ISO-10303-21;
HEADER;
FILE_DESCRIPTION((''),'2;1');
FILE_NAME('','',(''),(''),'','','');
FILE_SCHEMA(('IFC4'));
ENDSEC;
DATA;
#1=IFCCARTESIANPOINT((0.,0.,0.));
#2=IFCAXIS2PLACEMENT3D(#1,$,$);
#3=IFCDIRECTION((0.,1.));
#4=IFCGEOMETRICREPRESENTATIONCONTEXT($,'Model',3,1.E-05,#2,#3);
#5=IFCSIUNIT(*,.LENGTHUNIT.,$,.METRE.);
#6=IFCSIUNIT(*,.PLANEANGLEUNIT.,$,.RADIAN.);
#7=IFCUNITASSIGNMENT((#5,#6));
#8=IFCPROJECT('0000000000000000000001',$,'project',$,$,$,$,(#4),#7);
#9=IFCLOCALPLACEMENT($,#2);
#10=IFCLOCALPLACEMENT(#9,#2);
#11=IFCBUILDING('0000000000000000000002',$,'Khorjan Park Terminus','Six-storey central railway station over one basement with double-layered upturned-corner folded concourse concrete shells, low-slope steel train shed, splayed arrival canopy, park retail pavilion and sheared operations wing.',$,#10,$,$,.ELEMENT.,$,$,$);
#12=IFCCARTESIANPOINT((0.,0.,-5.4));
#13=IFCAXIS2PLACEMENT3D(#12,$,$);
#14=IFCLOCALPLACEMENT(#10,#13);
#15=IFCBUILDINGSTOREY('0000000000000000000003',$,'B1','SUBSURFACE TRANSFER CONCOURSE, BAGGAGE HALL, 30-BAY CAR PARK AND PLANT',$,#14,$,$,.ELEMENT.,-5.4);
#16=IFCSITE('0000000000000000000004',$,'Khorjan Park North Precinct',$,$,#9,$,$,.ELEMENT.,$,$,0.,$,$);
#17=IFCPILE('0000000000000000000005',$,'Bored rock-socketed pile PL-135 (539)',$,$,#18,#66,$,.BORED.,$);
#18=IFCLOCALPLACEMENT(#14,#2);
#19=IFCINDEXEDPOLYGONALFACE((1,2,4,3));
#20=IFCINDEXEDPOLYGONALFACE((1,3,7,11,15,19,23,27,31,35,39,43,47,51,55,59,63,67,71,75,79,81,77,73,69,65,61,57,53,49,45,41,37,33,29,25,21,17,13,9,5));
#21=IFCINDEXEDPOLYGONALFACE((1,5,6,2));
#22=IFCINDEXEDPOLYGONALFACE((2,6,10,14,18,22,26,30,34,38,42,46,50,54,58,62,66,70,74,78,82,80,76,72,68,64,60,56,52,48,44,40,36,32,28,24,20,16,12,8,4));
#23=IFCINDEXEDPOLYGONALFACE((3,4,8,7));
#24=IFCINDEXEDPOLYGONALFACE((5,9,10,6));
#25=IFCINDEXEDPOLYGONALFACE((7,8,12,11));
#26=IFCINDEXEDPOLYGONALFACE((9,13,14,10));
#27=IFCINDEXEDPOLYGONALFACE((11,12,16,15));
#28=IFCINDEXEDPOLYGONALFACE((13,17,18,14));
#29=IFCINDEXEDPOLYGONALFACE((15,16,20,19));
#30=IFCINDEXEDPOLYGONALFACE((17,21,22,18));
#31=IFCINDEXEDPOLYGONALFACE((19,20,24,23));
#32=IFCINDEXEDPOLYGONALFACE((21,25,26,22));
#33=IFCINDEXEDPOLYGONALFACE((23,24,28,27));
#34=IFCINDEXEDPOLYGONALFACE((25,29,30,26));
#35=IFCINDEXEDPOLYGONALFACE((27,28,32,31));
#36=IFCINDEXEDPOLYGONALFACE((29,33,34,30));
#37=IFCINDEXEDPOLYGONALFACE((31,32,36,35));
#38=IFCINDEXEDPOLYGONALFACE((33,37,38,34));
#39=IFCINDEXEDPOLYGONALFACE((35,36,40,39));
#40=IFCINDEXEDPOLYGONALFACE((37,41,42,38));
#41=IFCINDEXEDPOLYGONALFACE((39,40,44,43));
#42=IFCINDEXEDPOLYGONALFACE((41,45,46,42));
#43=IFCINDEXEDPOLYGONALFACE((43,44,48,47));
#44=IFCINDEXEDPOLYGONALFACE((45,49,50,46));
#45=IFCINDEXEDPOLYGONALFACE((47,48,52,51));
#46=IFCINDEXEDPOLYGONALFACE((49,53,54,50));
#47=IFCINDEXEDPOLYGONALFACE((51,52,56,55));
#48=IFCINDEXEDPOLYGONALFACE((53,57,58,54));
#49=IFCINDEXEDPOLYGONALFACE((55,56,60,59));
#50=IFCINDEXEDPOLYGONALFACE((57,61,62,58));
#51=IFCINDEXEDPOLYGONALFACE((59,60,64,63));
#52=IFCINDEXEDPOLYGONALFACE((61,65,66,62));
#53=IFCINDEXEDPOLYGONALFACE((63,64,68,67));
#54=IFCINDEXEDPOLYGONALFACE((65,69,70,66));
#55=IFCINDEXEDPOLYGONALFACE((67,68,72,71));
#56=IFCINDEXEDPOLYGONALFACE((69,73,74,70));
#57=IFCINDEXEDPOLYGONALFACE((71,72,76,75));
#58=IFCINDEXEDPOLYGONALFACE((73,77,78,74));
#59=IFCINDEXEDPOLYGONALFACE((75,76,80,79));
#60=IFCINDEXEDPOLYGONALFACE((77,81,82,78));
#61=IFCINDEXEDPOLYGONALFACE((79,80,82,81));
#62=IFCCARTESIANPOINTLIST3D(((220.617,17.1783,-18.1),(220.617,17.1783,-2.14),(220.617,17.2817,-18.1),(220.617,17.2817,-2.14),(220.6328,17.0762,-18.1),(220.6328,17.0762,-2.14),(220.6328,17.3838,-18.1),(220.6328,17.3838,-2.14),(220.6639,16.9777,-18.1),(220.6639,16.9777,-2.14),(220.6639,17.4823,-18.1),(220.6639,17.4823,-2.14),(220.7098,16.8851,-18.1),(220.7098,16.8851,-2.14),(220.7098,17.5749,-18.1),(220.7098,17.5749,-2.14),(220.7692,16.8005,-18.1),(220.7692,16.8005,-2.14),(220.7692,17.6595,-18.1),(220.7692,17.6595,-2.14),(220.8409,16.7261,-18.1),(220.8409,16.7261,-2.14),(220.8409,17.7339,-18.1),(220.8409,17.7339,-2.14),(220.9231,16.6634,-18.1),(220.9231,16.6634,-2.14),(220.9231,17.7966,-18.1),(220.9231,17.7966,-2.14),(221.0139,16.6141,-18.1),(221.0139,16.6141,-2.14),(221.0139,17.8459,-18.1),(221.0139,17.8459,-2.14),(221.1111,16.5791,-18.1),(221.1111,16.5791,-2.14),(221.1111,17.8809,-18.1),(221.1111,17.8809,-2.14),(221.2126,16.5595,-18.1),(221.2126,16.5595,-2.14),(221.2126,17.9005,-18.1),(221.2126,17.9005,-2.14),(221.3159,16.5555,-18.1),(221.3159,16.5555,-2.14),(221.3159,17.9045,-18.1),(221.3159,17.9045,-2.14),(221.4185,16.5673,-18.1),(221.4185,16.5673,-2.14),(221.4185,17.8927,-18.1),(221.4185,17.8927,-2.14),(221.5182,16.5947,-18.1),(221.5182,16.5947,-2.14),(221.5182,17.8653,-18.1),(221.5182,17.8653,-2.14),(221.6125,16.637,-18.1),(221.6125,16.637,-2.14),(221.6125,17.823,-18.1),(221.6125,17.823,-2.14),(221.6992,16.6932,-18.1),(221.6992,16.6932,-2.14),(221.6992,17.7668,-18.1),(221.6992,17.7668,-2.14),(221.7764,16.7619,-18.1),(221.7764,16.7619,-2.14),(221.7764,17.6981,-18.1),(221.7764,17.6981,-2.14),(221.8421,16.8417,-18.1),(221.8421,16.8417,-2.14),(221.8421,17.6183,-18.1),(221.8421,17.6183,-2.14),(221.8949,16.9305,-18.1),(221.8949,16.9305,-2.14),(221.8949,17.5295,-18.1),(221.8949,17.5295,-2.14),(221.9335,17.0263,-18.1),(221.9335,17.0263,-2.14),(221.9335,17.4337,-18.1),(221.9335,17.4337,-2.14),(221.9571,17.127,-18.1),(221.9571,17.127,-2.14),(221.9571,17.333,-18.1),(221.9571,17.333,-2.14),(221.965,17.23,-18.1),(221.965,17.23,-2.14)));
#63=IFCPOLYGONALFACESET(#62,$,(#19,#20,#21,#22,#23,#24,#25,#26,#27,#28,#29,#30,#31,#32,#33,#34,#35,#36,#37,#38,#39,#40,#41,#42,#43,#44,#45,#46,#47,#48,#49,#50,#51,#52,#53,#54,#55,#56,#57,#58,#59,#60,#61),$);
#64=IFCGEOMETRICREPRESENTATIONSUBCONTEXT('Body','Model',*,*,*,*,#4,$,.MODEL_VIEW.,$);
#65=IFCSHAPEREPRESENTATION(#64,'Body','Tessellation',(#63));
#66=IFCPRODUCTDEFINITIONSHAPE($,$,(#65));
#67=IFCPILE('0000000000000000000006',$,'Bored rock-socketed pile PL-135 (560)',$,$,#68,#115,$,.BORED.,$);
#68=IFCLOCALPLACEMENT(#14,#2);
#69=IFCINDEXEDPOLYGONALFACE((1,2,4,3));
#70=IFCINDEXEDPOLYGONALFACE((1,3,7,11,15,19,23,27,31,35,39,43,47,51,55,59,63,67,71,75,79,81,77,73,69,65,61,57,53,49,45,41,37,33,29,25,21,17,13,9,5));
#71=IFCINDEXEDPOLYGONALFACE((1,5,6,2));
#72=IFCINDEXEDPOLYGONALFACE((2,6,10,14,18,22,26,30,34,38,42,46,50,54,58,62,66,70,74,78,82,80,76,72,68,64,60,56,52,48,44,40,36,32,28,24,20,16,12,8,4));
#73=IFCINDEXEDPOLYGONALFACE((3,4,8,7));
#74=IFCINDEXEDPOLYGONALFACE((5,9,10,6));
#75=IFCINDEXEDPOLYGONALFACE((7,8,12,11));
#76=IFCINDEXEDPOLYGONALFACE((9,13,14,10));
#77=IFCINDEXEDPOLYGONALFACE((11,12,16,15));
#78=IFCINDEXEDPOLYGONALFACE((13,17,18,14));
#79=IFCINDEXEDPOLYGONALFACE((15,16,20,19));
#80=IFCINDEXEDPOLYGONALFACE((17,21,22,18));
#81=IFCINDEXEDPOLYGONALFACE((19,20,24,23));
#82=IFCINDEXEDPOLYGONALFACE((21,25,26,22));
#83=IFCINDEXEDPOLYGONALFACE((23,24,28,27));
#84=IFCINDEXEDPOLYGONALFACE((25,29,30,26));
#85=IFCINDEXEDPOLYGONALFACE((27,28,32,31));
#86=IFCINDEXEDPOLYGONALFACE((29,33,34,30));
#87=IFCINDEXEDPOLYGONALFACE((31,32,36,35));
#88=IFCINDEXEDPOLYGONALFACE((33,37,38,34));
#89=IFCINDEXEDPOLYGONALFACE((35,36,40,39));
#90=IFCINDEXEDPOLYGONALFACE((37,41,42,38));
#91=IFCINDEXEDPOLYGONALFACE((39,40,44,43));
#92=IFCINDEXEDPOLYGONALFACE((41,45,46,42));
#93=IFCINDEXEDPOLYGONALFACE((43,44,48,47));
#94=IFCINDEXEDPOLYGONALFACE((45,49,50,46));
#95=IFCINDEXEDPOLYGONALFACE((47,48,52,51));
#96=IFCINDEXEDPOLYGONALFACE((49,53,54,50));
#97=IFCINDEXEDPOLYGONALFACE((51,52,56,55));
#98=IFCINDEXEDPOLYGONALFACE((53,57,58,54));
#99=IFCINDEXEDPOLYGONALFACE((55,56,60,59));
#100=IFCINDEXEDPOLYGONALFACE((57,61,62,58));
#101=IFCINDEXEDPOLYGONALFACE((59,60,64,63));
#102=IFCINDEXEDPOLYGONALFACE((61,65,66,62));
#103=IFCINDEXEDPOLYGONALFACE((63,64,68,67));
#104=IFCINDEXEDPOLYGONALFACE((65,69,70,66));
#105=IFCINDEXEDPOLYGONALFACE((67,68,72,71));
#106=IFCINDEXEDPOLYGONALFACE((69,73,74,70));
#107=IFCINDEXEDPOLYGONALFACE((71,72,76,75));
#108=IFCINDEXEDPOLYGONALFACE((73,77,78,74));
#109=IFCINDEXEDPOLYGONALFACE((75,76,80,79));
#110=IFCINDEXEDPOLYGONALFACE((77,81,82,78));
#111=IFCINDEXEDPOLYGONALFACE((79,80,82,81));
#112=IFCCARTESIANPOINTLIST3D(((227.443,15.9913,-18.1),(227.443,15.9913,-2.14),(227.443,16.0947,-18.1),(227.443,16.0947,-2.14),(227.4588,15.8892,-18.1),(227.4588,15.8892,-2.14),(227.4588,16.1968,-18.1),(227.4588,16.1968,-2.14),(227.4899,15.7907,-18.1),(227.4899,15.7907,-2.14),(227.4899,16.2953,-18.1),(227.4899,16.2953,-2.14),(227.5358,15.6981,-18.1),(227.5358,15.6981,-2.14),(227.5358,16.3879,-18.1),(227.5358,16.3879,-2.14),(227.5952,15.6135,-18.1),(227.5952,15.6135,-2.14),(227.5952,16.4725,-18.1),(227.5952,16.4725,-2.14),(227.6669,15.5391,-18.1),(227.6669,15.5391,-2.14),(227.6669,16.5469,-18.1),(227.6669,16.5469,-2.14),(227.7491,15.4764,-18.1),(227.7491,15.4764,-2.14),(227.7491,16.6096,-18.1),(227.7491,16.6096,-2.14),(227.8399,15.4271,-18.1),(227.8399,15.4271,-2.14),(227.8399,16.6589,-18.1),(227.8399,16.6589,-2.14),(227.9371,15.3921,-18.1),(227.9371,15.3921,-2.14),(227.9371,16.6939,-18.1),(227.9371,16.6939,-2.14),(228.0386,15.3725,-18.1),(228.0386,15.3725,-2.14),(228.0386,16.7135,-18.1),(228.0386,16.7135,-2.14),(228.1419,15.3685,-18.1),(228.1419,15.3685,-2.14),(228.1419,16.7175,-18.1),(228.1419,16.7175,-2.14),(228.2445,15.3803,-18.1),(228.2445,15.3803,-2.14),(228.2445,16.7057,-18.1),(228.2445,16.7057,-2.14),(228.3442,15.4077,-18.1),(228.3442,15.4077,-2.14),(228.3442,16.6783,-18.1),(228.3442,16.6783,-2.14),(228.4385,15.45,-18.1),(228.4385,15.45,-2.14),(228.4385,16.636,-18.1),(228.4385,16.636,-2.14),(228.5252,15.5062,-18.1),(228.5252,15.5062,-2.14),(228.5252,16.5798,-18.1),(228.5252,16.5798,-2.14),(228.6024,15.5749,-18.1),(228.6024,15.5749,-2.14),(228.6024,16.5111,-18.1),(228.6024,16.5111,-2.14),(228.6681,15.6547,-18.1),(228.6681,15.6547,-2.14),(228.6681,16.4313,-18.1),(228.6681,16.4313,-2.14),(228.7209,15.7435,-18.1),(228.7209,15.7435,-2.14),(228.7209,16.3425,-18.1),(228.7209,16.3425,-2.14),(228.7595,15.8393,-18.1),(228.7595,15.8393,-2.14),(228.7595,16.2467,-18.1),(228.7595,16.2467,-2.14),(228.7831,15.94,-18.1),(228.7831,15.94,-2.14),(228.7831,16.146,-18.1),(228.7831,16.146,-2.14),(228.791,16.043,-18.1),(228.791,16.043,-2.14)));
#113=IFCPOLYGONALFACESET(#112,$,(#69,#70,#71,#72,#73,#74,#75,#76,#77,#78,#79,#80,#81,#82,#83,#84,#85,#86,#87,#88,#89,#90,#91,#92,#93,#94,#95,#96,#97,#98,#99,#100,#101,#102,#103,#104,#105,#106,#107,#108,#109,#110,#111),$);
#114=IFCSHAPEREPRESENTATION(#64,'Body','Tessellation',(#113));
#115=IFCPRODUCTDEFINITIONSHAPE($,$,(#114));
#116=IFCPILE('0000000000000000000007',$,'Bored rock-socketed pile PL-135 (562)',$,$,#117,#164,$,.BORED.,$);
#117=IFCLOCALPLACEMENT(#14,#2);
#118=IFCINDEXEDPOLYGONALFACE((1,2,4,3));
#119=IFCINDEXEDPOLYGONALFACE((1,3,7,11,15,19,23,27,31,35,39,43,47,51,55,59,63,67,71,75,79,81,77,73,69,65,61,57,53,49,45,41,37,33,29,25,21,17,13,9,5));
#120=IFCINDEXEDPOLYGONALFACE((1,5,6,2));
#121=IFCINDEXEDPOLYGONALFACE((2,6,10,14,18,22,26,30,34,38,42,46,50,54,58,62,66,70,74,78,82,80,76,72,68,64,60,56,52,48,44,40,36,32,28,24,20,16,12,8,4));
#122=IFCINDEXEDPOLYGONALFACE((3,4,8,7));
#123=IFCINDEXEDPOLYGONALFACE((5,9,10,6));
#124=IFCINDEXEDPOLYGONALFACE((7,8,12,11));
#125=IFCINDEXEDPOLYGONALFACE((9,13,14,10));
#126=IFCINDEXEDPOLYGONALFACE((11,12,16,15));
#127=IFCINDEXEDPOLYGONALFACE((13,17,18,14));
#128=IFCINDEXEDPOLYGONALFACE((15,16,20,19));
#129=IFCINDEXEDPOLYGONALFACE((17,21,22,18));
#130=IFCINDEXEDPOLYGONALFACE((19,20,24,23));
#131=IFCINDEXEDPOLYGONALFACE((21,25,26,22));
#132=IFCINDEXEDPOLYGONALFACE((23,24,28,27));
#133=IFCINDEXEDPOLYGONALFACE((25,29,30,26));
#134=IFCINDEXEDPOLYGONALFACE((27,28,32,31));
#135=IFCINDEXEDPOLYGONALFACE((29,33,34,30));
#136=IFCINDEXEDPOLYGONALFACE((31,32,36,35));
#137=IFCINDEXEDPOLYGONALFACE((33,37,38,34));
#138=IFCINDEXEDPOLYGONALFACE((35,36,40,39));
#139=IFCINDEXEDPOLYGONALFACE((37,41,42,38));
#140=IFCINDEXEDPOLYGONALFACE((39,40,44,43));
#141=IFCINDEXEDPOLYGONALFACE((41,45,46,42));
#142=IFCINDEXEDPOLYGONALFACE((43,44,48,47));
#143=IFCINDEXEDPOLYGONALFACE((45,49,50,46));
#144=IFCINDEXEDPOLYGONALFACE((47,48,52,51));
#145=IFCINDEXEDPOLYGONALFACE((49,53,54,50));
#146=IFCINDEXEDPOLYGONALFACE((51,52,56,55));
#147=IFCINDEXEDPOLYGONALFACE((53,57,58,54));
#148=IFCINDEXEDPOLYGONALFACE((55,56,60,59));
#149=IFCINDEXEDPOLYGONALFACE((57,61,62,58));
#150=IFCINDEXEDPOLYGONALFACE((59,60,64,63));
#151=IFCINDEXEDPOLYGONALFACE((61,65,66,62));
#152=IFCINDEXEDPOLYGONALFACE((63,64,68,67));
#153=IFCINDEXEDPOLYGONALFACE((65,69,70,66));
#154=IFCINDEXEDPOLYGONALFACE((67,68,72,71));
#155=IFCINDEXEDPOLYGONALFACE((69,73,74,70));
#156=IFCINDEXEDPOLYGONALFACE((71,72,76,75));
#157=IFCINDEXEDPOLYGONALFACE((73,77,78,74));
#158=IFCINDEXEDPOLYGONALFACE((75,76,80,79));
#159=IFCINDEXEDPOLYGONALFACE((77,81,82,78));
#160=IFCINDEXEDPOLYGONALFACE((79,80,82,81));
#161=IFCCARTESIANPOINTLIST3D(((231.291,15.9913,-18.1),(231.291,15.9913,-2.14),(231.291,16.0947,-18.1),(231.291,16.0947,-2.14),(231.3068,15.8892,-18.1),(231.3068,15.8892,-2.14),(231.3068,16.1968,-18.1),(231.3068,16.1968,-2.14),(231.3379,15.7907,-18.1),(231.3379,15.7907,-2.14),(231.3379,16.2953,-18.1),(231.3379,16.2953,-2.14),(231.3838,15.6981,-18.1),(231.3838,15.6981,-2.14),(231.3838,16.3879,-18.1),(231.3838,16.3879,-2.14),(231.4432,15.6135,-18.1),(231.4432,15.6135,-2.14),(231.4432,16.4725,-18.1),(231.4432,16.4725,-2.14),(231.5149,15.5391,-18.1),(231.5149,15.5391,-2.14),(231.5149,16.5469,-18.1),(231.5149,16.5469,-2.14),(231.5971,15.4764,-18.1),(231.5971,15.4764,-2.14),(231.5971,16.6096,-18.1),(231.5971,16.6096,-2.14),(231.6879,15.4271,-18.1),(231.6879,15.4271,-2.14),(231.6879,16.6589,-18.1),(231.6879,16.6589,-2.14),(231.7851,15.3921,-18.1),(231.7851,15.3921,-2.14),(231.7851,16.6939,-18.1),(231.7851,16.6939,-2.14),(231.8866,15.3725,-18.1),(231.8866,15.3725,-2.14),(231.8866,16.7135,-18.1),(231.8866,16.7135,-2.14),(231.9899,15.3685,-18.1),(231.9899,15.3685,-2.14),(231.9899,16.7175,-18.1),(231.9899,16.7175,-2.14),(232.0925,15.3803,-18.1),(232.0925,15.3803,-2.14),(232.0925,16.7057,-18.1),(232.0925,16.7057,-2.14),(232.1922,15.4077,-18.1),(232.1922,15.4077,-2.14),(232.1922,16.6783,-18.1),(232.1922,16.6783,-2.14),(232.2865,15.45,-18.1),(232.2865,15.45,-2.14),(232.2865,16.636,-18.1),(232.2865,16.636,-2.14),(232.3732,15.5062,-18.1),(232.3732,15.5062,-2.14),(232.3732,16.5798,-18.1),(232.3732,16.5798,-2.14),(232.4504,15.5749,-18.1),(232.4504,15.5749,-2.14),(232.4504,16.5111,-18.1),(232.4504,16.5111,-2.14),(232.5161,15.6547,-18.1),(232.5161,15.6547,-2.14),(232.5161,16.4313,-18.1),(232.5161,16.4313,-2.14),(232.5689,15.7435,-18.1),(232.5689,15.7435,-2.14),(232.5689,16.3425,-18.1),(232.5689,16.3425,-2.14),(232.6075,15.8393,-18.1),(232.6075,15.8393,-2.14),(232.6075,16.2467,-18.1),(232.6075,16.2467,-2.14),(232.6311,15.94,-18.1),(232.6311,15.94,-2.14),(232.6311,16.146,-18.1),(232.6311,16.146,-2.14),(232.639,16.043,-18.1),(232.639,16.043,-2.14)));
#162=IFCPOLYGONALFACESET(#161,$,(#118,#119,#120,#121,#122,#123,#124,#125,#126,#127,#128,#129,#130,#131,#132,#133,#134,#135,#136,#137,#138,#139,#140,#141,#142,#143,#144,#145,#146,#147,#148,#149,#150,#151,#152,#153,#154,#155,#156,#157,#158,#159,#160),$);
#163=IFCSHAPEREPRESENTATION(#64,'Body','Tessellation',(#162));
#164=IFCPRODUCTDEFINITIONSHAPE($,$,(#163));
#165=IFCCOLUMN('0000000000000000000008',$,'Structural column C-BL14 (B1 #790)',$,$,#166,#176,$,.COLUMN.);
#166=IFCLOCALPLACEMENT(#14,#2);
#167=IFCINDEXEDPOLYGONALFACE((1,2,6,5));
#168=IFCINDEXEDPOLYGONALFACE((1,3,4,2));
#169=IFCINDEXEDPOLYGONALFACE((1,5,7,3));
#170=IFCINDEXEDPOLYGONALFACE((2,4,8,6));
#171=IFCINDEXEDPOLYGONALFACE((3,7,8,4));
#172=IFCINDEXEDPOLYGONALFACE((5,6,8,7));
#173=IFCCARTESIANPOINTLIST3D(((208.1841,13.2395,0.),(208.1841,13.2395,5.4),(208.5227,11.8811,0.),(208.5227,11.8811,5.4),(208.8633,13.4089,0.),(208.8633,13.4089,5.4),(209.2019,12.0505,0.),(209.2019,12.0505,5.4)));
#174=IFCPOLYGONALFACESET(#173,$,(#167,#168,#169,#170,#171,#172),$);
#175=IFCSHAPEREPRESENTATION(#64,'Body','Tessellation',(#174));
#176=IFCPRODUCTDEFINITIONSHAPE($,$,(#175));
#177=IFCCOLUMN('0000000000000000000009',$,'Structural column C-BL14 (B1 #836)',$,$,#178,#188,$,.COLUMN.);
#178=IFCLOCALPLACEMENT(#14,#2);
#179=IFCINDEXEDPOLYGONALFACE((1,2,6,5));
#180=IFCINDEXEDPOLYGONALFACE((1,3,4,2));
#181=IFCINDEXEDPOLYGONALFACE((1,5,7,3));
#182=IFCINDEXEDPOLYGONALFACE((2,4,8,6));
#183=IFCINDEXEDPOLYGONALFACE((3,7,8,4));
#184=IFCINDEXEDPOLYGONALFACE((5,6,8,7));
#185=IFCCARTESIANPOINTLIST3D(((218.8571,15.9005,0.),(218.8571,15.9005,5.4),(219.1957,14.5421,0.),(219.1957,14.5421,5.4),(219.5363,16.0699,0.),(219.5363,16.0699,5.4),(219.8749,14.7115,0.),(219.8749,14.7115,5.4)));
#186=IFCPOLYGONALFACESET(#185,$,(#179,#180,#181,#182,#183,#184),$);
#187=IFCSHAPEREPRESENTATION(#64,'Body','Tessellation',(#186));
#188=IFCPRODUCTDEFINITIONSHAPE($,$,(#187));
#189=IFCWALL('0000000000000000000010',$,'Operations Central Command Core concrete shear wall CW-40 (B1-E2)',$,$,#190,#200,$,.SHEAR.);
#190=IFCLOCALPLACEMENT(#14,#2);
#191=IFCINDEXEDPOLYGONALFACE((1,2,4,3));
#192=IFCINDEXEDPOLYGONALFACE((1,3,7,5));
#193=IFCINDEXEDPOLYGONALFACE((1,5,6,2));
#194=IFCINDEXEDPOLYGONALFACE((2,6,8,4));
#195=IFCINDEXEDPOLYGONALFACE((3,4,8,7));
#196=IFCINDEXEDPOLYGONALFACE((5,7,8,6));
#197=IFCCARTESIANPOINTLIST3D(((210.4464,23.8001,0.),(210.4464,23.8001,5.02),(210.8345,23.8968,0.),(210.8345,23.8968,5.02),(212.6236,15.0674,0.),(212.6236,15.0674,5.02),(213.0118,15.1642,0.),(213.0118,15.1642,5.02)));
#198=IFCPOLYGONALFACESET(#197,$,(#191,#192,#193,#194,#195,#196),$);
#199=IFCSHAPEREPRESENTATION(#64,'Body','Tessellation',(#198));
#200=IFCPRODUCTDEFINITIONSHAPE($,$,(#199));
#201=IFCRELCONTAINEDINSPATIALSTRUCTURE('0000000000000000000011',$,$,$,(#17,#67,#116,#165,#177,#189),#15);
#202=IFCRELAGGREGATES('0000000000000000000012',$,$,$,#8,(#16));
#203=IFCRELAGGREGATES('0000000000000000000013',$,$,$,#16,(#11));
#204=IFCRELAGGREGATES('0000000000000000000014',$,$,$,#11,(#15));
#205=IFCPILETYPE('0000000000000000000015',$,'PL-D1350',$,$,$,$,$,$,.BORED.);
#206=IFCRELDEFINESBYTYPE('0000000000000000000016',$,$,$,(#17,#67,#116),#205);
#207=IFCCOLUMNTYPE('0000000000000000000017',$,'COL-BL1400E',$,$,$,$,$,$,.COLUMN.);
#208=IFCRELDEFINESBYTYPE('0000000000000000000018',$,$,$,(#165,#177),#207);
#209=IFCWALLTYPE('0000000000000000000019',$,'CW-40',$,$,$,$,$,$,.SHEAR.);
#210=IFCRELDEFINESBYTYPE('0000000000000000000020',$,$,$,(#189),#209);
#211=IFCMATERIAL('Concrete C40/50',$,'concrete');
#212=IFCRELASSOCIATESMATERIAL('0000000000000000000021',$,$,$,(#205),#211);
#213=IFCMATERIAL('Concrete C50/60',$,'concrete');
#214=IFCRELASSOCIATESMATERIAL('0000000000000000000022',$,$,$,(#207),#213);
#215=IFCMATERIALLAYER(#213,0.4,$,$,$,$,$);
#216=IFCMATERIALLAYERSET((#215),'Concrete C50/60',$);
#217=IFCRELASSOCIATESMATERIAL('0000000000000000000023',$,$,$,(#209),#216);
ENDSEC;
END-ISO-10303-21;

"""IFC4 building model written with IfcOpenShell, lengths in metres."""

from ifc_helpers import new_model, si_unit, direction, frame, frame_2d, origin, origin_2d, place, context, subcontext, project, spatial, rectangle, circle, extrude, material, layer, layer_set, material_profile, profile_set, type_object, element, save


model = new_model("IFC4")

# Units and contexts
model_context = context("Model", 3, precision=1e-05, world=origin(), true_north=direction((0.0, 1.0)))
body_context = subcontext(model_context, "Body", "Model", "MODEL_VIEW")
ifc_project = project(units=[si_unit("LENGTHUNIT", "METRE"), si_unit("PLANEANGLEUNIT", "RADIAN")], contexts=[model_context])

# Site, building, storey
site_placement = place(None, origin())
site = spatial("IfcSite", under=ifc_project, at=site_placement, Name="Khorjan Park North Precinct", CompositionType="ELEMENT", RefElevation=0.0)
building_placement = place(site_placement, origin())
building = spatial("IfcBuilding", under=site, at=building_placement, Name="Khorjan Park Terminus", Description="Six-storey central railway station over one basement with double-layered upturned-corner folded concourse concrete shells, low-slope steel train shed, splayed arrival canopy, park retail pavilion and sheared operations wing.", CompositionType="ELEMENT")
storey_placement = place(building_placement, frame((0.0, 0.0, -5.4)))
storey = spatial("IfcBuildingStorey", under=building, at=storey_placement, Name="B1", Description="SUBSURFACE TRANSFER CONCOURSE, BAGGAGE HALL, 30-BAY CAR PARK AND PLANT", CompositionType="ELEMENT", Elevation=-5.4)

# Shared definitions
ifc_material_1 = material(Name="Concrete C40/50", Category="concrete")

# Piles
ifc_material_profile_1 = material_profile(ifc_material_1, circle(Radius=0.675, at=origin_2d()), Name="BORED D1350")
ifc_profile_set_1 = profile_set([ifc_material_profile_1], Name="Concrete C40/50")
pile_type = type_object("IfcPileType", Name="PL-D1350", PredefinedType="BORED", material=ifc_profile_set_1)
for number, where, z_axis, x_axis, name in (
    (1, (221.29, 17.23, -2.14), (0.0, 0.0, -1.0), (1.0, 0.0, 0.0), "Bored rock-socketed pile PL-135 (539)"),
    (2, (228.116, 16.043, -2.14), (0.0, 0.0, -1.0), (1.0, 0.0, 0.0), "Bored rock-socketed pile PL-135 (560)"),
    (3, (231.964, 16.043, -2.14), (0.0, 0.0, -1.0), (1.0, 0.0, 0.0), "Bored rock-socketed pile PL-135 (562)"),
):
    element("IfcPile", number, at=place(storey_placement, frame(where, z_axis=z_axis, x_axis=x_axis)), inside=storey, type_object=pile_type, Name=name, PredefinedType="BORED", context=body_context, shape_type="SweptSolid", body=[
        extrude(circle(Radius=0.675, at=origin_2d()), origin(), (0.0, 0.0, 1.0), 15.96),
    ])

# Columns
ifc_material_2 = material(Name="Concrete C50/60", Category="concrete")
ifc_material_profile_2 = material_profile(ifc_material_2, rectangle(XDim=0.7, YDim=1.4, at=origin_2d()), Name="RC 700x1400")
ifc_profile_set_2 = profile_set([ifc_material_profile_2], Name="Concrete C50/60")
column_type = type_object("IfcColumnType", Name="COL-BL1400E", PredefinedType="COLUMN", material=ifc_profile_set_2)
for number, where, z_axis, x_axis, name in (
    (4, (208.693, 12.645, 0.0), (0.0, 0.0, 1.0), (0.970296, 0.241922, 0.0), "Structural column C-BL14 (B1 #790)"),
    (5, (219.366, 15.306, 0.0), (0.0, 0.0, 1.0), (0.970296, 0.241922, 0.0), "Structural column C-BL14 (B1 #836)"),
):
    element("IfcColumn", number, at=place(storey_placement, frame(where, z_axis=z_axis, x_axis=x_axis)), inside=storey, type_object=column_type, Name=name, PredefinedType="COLUMN", context=body_context, shape_type="SweptSolid", body=[
        extrude(rectangle(XDim=0.7, YDim=1.4, at=origin_2d()), origin(), (0.0, 0.0, 1.0), 5.4),
    ])

# Wall
ifc_layer_1 = layer(ifc_material_2, 0.4)
ifc_layer_set_1 = layer_set([ifc_layer_1], Name="Concrete C50/60")
wall_type_1 = type_object("IfcWallType", Name="CW-40", PredefinedType="SHEAR", material=ifc_layer_set_1)
wall_1_placement = place(storey_placement, frame((212.8177, 15.1158, 0.0), z_axis=(0.0, 0.0, 1.0), x_axis=(-0.241921, 0.970296, 0.0)))
element("IfcWall", 6, at=wall_1_placement, inside=storey, type_object=wall_type_1, Name="Operations Central Command Core concrete shear wall CW-40 (B1-E2)", PredefinedType="SHEAR", context=body_context, shape_type="SweptSolid", body=[
    extrude(rectangle(XDim=9.0, YDim=0.4, at=frame_2d((4.5, 0.0))), origin(), (0.0, 0.0, 1.0), 5.02),
])

save(model, "model.ifc")
